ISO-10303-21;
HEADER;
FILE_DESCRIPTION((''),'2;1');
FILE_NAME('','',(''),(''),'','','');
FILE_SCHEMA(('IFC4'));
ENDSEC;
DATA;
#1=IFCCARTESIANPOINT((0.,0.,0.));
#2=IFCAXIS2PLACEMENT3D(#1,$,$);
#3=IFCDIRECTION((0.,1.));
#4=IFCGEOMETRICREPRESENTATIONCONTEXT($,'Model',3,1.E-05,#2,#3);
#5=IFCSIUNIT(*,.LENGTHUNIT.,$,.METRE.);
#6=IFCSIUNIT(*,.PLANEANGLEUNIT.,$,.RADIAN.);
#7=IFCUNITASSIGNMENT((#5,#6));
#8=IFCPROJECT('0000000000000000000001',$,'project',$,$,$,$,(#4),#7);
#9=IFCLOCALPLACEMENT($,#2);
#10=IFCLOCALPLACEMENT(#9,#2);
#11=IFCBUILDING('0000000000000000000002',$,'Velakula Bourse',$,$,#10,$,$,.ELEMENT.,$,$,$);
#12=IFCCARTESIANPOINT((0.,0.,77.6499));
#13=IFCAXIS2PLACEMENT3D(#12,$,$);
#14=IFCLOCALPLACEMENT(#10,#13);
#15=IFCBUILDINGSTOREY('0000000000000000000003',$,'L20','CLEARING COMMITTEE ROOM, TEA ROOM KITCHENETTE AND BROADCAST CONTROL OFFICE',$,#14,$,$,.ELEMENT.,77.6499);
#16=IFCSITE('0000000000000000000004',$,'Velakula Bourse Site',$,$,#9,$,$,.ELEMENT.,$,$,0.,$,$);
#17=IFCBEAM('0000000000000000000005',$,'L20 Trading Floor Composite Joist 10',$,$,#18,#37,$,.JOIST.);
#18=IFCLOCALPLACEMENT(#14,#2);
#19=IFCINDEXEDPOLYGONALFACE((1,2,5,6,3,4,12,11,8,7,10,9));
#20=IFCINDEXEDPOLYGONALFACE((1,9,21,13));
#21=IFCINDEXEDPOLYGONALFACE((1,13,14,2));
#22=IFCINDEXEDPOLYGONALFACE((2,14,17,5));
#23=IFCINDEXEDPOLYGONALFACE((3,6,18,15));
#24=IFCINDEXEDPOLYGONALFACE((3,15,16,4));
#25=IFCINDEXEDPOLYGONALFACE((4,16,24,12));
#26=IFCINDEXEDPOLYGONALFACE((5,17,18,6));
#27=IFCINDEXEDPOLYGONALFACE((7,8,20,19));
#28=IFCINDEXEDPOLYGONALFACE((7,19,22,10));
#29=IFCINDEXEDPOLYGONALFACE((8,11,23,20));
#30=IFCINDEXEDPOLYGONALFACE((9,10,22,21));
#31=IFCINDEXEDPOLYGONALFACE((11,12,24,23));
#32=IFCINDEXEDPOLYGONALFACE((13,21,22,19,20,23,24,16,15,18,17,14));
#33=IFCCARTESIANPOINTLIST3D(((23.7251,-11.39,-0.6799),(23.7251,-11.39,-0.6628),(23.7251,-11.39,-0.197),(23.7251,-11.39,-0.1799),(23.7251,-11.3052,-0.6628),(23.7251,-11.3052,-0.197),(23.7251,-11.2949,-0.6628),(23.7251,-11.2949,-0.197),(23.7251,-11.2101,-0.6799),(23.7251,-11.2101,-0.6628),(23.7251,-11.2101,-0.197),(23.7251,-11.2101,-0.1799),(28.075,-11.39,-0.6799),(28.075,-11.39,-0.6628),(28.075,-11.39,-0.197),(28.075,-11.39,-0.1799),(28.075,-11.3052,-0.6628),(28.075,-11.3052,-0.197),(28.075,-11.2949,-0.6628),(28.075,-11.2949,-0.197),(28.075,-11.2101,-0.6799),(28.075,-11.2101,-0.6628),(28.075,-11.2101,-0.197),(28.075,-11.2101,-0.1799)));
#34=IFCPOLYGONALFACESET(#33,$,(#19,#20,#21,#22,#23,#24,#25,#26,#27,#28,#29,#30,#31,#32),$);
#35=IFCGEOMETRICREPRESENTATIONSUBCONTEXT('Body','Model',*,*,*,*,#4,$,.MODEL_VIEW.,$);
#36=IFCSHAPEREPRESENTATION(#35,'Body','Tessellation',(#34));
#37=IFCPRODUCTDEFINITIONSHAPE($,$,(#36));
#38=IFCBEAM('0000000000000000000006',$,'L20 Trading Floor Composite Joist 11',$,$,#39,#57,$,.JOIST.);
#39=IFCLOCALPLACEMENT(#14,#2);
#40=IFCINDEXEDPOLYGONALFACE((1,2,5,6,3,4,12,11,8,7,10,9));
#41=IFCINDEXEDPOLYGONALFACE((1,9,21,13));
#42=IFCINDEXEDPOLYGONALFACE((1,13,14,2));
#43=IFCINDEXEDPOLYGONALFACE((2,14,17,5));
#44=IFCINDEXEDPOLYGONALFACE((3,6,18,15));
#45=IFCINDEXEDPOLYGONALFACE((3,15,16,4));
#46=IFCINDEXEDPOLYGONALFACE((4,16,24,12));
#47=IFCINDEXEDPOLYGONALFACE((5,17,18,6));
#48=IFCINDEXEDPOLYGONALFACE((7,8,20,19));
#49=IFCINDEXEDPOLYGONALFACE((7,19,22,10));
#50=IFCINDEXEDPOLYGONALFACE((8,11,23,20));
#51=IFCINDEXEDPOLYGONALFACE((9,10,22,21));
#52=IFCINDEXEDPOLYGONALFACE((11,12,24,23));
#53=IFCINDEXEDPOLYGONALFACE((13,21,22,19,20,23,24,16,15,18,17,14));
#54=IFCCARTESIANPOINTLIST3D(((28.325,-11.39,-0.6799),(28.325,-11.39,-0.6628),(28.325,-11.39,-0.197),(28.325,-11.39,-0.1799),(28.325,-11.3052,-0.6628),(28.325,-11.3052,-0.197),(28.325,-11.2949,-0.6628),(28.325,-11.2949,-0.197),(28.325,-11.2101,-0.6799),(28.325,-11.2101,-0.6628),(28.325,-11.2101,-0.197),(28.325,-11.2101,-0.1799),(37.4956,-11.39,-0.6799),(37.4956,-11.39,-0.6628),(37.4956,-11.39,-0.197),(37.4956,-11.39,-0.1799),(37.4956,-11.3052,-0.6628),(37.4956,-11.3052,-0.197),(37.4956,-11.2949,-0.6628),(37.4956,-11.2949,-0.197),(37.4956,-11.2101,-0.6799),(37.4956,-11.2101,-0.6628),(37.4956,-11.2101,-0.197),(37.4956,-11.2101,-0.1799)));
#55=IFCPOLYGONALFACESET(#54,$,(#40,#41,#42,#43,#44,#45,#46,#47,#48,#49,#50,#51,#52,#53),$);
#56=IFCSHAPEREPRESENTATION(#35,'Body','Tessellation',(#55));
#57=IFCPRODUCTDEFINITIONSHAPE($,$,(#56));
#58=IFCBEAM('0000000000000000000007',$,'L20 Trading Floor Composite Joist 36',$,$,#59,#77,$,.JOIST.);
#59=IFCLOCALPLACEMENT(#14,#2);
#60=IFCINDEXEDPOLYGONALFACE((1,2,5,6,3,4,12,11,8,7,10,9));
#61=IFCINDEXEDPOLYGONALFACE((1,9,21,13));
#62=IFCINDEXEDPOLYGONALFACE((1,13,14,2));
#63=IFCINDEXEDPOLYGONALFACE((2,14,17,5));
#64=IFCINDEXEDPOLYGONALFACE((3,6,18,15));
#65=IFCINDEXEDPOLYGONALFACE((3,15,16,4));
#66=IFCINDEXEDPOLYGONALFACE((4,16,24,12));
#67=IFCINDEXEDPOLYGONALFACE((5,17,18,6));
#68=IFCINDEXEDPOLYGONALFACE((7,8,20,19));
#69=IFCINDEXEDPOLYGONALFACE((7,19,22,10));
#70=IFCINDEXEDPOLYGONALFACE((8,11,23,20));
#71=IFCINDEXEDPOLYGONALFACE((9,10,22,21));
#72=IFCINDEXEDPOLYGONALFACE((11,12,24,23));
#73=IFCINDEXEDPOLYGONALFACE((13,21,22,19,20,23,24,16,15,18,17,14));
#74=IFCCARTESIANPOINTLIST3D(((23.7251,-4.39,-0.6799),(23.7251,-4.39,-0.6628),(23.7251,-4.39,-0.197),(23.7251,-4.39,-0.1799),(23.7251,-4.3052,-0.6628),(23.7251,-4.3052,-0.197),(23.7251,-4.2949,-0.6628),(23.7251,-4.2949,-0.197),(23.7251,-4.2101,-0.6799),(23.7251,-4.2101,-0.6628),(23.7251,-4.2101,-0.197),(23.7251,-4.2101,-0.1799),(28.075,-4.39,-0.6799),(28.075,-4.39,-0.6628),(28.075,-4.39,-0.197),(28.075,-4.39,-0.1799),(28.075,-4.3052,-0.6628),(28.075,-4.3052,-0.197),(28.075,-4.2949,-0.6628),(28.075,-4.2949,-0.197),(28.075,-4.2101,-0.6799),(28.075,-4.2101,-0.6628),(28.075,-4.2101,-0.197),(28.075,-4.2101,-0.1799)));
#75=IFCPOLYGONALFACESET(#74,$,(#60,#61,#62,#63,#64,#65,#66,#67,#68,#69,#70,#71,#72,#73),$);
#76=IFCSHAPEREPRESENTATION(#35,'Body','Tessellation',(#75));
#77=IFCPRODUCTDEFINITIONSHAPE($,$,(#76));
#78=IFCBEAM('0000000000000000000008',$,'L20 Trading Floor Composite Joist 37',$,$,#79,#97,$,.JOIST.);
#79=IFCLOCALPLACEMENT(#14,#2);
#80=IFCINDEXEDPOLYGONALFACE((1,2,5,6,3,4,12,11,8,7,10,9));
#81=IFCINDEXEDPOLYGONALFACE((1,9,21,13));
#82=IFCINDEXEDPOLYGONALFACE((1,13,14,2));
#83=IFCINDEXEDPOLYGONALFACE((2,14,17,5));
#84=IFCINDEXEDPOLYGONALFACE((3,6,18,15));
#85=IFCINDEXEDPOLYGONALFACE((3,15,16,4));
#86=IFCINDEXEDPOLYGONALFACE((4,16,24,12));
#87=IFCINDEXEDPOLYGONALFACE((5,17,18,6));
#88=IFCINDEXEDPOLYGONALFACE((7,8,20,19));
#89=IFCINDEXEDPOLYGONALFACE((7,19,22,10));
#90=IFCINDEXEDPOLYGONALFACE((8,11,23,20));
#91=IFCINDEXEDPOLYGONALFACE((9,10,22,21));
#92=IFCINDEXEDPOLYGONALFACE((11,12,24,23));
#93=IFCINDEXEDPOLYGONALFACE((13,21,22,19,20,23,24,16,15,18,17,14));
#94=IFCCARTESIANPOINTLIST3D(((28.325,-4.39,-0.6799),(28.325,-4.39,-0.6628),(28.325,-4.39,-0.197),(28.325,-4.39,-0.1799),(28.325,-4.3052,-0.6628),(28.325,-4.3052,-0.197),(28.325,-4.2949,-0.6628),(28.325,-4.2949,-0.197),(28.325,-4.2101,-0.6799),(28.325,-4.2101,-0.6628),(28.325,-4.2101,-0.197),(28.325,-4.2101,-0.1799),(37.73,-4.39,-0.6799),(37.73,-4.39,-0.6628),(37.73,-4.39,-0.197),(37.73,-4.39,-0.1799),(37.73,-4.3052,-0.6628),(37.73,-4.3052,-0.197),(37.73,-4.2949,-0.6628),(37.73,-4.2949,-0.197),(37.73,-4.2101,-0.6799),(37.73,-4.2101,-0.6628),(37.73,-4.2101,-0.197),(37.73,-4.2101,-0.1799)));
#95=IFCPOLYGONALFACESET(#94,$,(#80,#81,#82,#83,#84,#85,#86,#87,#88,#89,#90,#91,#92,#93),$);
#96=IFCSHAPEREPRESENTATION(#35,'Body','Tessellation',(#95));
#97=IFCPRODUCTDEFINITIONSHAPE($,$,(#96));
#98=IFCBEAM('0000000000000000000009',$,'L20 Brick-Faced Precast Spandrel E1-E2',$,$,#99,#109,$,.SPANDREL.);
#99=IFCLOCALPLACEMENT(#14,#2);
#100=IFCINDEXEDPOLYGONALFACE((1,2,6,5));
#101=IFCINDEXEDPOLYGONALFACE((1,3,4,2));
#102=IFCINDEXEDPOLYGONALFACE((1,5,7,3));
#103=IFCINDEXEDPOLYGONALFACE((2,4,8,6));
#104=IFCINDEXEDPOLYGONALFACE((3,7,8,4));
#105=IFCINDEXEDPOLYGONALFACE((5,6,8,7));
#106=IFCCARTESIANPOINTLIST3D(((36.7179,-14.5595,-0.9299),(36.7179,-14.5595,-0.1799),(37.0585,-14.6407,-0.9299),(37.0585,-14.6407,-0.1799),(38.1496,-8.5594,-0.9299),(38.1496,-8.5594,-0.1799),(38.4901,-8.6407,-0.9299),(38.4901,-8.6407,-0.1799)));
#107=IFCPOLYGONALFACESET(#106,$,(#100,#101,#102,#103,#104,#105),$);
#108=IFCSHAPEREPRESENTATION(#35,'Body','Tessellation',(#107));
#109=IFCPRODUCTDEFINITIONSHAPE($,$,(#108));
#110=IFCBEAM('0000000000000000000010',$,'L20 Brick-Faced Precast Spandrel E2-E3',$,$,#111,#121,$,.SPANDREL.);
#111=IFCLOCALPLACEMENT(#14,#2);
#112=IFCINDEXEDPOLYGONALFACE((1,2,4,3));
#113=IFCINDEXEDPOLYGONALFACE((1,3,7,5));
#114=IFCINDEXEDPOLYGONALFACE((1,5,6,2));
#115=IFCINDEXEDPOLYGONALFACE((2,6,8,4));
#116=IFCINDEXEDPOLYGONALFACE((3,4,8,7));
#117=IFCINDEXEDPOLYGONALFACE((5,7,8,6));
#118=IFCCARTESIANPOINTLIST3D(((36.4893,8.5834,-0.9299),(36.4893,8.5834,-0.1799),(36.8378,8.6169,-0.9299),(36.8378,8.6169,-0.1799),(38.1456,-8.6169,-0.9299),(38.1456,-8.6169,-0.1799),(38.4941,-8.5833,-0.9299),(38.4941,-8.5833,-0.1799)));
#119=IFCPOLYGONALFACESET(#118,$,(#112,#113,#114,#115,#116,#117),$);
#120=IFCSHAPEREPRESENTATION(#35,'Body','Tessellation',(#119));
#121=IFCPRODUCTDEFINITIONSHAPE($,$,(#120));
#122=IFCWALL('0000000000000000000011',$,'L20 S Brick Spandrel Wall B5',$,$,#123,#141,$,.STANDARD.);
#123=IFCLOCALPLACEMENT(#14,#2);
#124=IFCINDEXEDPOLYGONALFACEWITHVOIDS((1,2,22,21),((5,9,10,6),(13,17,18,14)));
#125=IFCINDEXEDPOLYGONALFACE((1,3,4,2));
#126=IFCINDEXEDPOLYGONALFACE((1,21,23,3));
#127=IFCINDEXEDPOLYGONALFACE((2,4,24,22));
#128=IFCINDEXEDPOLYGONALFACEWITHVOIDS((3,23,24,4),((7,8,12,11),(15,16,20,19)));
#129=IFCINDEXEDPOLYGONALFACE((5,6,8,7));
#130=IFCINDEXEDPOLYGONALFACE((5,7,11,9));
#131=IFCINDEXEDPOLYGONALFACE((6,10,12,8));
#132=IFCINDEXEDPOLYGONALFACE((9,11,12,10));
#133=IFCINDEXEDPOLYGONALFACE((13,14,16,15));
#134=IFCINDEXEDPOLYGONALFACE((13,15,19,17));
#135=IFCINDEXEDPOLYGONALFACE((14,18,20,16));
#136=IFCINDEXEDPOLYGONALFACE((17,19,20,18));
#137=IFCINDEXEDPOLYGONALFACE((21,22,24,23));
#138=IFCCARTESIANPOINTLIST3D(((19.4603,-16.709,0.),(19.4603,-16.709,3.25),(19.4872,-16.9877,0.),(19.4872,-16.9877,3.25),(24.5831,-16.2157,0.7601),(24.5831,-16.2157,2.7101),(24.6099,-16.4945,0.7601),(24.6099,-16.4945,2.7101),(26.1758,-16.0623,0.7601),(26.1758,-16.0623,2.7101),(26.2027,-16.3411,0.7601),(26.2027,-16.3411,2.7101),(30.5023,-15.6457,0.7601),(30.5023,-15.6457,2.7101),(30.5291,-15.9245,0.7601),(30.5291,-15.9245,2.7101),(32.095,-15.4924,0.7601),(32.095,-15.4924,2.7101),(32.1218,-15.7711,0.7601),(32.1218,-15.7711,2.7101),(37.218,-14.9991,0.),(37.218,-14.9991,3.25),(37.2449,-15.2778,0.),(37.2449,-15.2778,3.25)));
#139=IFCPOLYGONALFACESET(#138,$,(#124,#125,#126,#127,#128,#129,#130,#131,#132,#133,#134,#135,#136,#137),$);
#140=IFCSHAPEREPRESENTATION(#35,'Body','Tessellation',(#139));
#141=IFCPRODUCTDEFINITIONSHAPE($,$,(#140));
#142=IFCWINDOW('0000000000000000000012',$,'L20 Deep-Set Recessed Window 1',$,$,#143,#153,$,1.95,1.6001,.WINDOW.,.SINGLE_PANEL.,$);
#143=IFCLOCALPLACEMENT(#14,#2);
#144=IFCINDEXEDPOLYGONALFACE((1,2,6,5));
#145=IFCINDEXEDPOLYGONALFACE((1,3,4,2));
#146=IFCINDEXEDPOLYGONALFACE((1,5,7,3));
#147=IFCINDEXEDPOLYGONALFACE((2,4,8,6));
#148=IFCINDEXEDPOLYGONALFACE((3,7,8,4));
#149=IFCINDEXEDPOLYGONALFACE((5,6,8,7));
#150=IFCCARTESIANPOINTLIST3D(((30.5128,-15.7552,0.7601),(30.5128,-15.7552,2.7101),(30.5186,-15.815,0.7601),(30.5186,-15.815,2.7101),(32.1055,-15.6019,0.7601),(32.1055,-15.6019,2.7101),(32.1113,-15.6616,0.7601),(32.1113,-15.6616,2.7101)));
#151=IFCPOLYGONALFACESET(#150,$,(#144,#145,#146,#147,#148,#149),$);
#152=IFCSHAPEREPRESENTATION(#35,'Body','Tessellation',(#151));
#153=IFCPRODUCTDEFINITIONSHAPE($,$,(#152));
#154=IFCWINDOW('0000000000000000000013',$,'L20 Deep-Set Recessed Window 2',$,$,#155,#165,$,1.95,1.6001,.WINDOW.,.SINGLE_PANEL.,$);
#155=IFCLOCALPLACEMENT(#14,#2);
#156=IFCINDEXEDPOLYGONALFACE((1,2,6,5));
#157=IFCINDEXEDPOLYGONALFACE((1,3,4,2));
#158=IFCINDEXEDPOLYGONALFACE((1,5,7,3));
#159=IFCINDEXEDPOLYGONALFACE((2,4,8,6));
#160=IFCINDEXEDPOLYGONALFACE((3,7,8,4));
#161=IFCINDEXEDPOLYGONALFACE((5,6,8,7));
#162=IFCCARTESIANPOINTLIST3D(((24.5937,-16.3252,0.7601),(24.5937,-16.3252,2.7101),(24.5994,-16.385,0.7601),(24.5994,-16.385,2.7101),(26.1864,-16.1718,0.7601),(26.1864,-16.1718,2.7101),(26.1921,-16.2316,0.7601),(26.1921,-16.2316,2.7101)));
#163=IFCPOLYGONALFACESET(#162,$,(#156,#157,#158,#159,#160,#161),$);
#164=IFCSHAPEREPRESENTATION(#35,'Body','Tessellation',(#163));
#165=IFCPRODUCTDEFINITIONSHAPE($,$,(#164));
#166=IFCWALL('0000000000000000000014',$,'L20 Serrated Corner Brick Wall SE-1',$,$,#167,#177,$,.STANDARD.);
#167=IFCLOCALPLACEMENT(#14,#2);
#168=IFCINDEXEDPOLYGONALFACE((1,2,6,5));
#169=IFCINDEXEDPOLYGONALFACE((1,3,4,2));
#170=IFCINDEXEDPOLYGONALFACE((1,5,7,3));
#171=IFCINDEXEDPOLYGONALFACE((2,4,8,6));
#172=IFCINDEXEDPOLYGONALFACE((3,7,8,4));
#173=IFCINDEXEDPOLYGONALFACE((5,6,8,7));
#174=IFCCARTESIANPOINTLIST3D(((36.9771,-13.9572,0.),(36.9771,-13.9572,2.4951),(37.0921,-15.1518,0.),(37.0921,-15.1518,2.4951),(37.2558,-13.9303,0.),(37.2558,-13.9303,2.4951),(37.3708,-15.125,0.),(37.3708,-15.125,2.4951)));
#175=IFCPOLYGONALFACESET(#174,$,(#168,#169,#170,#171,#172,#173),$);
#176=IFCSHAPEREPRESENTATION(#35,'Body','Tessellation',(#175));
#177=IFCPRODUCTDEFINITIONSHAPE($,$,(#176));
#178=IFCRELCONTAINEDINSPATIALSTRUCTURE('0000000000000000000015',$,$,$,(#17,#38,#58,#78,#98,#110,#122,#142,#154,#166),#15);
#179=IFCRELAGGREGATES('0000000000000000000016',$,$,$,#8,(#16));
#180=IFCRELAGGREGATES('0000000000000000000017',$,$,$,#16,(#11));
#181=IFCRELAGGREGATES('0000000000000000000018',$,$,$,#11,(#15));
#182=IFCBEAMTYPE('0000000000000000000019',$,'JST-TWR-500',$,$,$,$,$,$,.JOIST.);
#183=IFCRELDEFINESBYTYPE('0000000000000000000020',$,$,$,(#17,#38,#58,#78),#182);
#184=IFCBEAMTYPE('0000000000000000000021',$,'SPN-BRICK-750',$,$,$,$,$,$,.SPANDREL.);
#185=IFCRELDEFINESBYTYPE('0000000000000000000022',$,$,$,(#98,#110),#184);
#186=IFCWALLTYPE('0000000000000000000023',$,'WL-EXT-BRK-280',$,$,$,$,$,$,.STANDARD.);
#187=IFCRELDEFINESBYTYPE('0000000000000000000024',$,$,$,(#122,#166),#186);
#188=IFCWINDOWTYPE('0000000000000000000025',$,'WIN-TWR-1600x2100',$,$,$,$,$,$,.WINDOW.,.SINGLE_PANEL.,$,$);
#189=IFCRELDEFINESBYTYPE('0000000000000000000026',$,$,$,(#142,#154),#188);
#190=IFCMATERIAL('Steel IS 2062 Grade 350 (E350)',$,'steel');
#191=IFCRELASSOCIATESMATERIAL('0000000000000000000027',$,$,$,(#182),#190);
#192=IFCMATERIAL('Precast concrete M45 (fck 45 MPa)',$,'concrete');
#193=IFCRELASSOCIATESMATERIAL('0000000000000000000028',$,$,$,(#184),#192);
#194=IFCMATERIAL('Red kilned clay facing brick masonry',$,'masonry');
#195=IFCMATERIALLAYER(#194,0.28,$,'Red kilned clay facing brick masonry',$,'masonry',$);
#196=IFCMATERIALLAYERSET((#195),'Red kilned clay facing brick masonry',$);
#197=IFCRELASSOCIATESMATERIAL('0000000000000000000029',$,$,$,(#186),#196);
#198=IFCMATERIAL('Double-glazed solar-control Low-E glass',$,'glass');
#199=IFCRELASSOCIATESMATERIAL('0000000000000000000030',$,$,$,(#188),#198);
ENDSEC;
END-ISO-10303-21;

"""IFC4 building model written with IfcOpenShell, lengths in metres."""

from ifc_helpers import new_model, si_unit, direction, frame, frame_2d, origin, origin_2d, place, context, subcontext, project, spatial, rectangle, i_section, extrude, material, layer, layer_set, material_profile, profile_set, type_object, element, fill, save


model = new_model("IFC4")

# Units and contexts
model_context = context("Model", 3, precision=1e-05, world=origin(), true_north=direction((0.0, 1.0)))
body_context = subcontext(model_context, "Body", "Model", "MODEL_VIEW")
ifc_project = project(units=[si_unit("LENGTHUNIT", "METRE"), si_unit("PLANEANGLEUNIT", "RADIAN")], contexts=[model_context])

# Site, building, storey
site_placement = place(None, origin())
site = spatial("IfcSite", under=ifc_project, at=site_placement, Name="Velakula Bourse Site", CompositionType="ELEMENT", RefElevation=0.0)
building_placement = place(site_placement, origin())
building = spatial("IfcBuilding", under=site, at=building_placement, Name="Velakula Bourse", CompositionType="ELEMENT")
storey_placement = place(building_placement, frame((0.0, 0.0, 77.6499)))
storey = spatial("IfcBuildingStorey", under=building, at=storey_placement, Name="L20", Description="CLEARING COMMITTEE ROOM, TEA ROOM KITCHENETTE AND BROADCAST CONTROL OFFICE", CompositionType="ELEMENT", Elevation=77.6499)

# Beams
ifc_material_1 = material(Name="Steel IS 2062 Grade 350 (E350)", Category="steel")
ifc_material_profile_1 = material_profile(ifc_material_1, i_section(OverallWidth=0.1799, OverallDepth=0.5, WebThickness=0.0103, FlangeThickness=0.0171, at=origin_2d()), Name="Steel IS 2062 Grade 350 (E350)")
ifc_profile_set_1 = profile_set([ifc_material_profile_1], Name="Steel IS 2062 Grade 350 (E350)")
beam_type_1 = type_object("IfcBeamType", Name="JST-TWR-500", PredefinedType="JOIST", material=ifc_profile_set_1)
beam_1_placement = place(storey_placement, frame((23.7251, -11.3, -0.4299), z_axis=(1.0, 0.0, 0.0), x_axis=(0.0, 1.0, 0.0)))
element("IfcBeam", 1, at=beam_1_placement, inside=storey, type_object=beam_type_1, Name="L20 Trading Floor Composite Joist 10", PredefinedType="JOIST", context=body_context, shape_type="SweptSolid", body=[
    extrude(i_section(OverallWidth=0.1799, OverallDepth=0.5, WebThickness=0.0103, FlangeThickness=0.0171, at=origin_2d()), origin(), (0.0, 0.0, 1.0), 4.3499),
])
beam_2_placement = place(storey_placement, frame((28.325, -11.3, -0.4299), z_axis=(1.0, 0.0, 0.0), x_axis=(0.0, 1.0, 0.0)))
element("IfcBeam", 2, at=beam_2_placement, inside=storey, type_object=beam_type_1, Name="L20 Trading Floor Composite Joist 11", PredefinedType="JOIST", context=body_context, shape_type="SweptSolid", body=[
    extrude(i_section(OverallWidth=0.1799, OverallDepth=0.5, WebThickness=0.0103, FlangeThickness=0.0171, at=origin_2d()), origin(), (0.0, 0.0, 1.0), 9.1707),
])
beam_3_placement = place(storey_placement, frame((23.7251, -4.3, -0.4299), z_axis=(1.0, 0.0, 0.0), x_axis=(0.0, 1.0, 0.0)))
element("IfcBeam", 3, at=beam_3_placement, inside=storey, type_object=beam_type_1, Name="L20 Trading Floor Composite Joist 36", PredefinedType="JOIST", context=body_context, shape_type="SweptSolid", body=[
    extrude(i_section(OverallWidth=0.1799, OverallDepth=0.5, WebThickness=0.0103, FlangeThickness=0.0171, at=origin_2d()), origin(), (0.0, 0.0, 1.0), 4.3499),
])
beam_4_placement = place(storey_placement, frame((28.325, -4.3, -0.4299), z_axis=(1.0, 0.0, 0.0), x_axis=(0.0, 1.0, 0.0)))
element("IfcBeam", 4, at=beam_4_placement, inside=storey, type_object=beam_type_1, Name="L20 Trading Floor Composite Joist 37", PredefinedType="JOIST", context=body_context, shape_type="SweptSolid", body=[
    extrude(i_section(OverallWidth=0.1799, OverallDepth=0.5, WebThickness=0.0103, FlangeThickness=0.0171, at=origin_2d()), origin(), (0.0, 0.0, 1.0), 9.405),
])
ifc_material_2 = material(Name="Precast concrete M45 (fck 45 MPa)", Category="concrete")
ifc_material_profile_2 = material_profile(ifc_material_2, rectangle(XDim=0.3501, YDim=0.75, at=origin_2d()), Name="Precast concrete M45 (fck 45 MPa)")
ifc_profile_set_2 = profile_set([ifc_material_profile_2], Name="Precast concrete M45 (fck 45 MPa)")
beam_type_2 = type_object("IfcBeamType", Name="SPN-BRICK-750", PredefinedType="SPANDREL", material=ifc_profile_set_2)
beam_5_placement = place(storey_placement, frame((36.8882, -14.6001, -0.5549), z_axis=(0.232091, 0.972694, 0.0), x_axis=(-0.972694, 0.232091, 0.0)))
element("IfcBeam", 5, at=beam_5_placement, inside=storey, type_object=beam_type_2, Name="L20 Brick-Faced Precast Spandrel E1-E2", PredefinedType="SPANDREL", context=body_context, shape_type="SweptSolid", body=[
    extrude(rectangle(XDim=0.3501, YDim=0.75, at=origin_2d()), origin(), (0.0, 0.0, 1.0), 6.1685),
])
beam_6_placement = place(storey_placement, frame((38.3198, -8.6001, -0.5549), z_axis=(-0.095849, 0.995396, 0.0), x_axis=(-0.995396, -0.095849, 0.0)))
element("IfcBeam", 6, at=beam_6_placement, inside=storey, type_object=beam_type_2, Name="L20 Brick-Faced Precast Spandrel E2-E3", PredefinedType="SPANDREL", context=body_context, shape_type="SweptSolid", body=[
    extrude(rectangle(XDim=0.3501, YDim=0.75, at=origin_2d()), origin(), (0.0, 0.0, 1.0), 17.2798),
])

# Wall, openings, windows
ifc_material_3 = material(Name="Red kilned clay facing brick masonry", Category="masonry")
ifc_layer_1 = layer(ifc_material_3, 0.28, Name="Red kilned clay facing brick masonry", Category="masonry")
ifc_layer_set_1 = layer_set([ifc_layer_1], Name="Red kilned clay facing brick masonry")
wall_type_1 = type_object("IfcWallType", Name="WL-EXT-BRK-280", PredefinedType="STANDARD", material=ifc_layer_set_1)
wall_1_placement = place(storey_placement, frame((37.2314, -15.1384, 0.0), z_axis=(0.0, 0.0, 1.0), x_axis=(-0.995396, -0.09585, 0.0)))
wall_1 = element("IfcWall", 7, at=wall_1_placement, inside=storey, type_object=wall_type_1, Name="L20 S Brick Spandrel Wall B5", PredefinedType="STANDARD", context=body_context, shape_type="SweptSolid", body=[
    extrude(rectangle(XDim=17.8398, YDim=0.28, at=frame_2d((8.9199, 0.0))), origin(), (0.0, 0.0, 1.0), 3.25),
])
opening_1_placement = place(wall_1_placement, frame((5.1467, 0.0, 0.76)))
opening_1 = element("IfcOpeningElement", 8, at=opening_1_placement, cuts=wall_1, PredefinedType="OPENING", context=body_context, shape_type="SweptSolid", body=[
    extrude(rectangle(XDim=1.6001, YDim=1.95, at=frame_2d((0.8, 0.9751))), frame((0.0, 0.1499, 0.0), z_axis=(0.0, -1.0, 0.0), x_axis=(1.0, 0.0, 0.0)), (0.0, 0.0, 1.0), 0.3),
])
opening_2_placement = place(wall_1_placement, frame((11.0933, 0.0, 0.76)))
opening_2 = element("IfcOpeningElement", 9, at=opening_2_placement, cuts=wall_1, PredefinedType="OPENING", context=body_context, shape_type="SweptSolid", body=[
    extrude(rectangle(XDim=1.6001, YDim=1.95, at=frame_2d((0.8, 0.9751))), frame((0.0, 0.1499, 0.0), z_axis=(0.0, -1.0, 0.0), x_axis=(1.0, 0.0, 0.0)), (0.0, 0.0, 1.0), 0.3),
])
ifc_material_4 = material(Name="Double-glazed solar-control Low-E glass", Category="glass")
window_type = type_object("IfcWindowType", Name="WIN-TWR-1600x2100", PartitioningType="SINGLE_PANEL", PredefinedType="WINDOW", material=ifc_material_4)
window_1_placement = place(opening_1_placement, origin())
window_1 = element("IfcWindow", 10, at=window_1_placement, inside=storey, type_object=window_type, Name="L20 Deep-Set Recessed Window 1", OverallHeight=1.95, OverallWidth=1.6001, PartitioningType="SINGLE_PANEL", PredefinedType="WINDOW", context=body_context, shape_type="SweptSolid", body=[
    extrude(rectangle(XDim=1.6001, YDim=1.95, at=frame_2d((0.8, 0.9751))), frame((0.0, 0.03, 0.0), z_axis=(0.0, -1.0, 0.0), x_axis=(1.0, 0.0, 0.0)), (0.0, 0.0, 1.0), 0.0601),
])
fill(opening_1, window_1)
window_2_placement = place(opening_2_placement, origin())
window_2 = element("IfcWindow", 11, at=window_2_placement, inside=storey, type_object=window_type, Name="L20 Deep-Set Recessed Window 2", OverallHeight=1.95, OverallWidth=1.6001, PartitioningType="SINGLE_PANEL", PredefinedType="WINDOW", context=body_context, shape_type="SweptSolid", body=[
    extrude(rectangle(XDim=1.6001, YDim=1.95, at=frame_2d((0.8, 0.9751))), frame((0.0, 0.03, 0.0), z_axis=(0.0, -1.0, 0.0), x_axis=(1.0, 0.0, 0.0)), (0.0, 0.0, 1.0), 0.0601),
])
fill(opening_2, window_2)

# Wall
for number, where, z_axis, x_axis, name in (
    (12, (37.2314, -15.1384, 0.0), (0.0, 0.0, 1.0), (-0.095817, 0.995399, 0.0), "L20 Serrated Corner Brick Wall SE-1"),
):
    element("IfcWall", number, at=place(storey_placement, frame(where, z_axis=z_axis, x_axis=x_axis)), inside=storey, type_object=wall_type_1, Name=name, PredefinedType="STANDARD", context=body_context, shape_type="SweptSolid", body=[
        extrude(rectangle(XDim=1.2002, YDim=0.28, at=frame_2d((0.6001, 0.0))), origin(), (0.0, 0.0, 1.0), 2.4951),
    ])

save(model, "model.ifc")
